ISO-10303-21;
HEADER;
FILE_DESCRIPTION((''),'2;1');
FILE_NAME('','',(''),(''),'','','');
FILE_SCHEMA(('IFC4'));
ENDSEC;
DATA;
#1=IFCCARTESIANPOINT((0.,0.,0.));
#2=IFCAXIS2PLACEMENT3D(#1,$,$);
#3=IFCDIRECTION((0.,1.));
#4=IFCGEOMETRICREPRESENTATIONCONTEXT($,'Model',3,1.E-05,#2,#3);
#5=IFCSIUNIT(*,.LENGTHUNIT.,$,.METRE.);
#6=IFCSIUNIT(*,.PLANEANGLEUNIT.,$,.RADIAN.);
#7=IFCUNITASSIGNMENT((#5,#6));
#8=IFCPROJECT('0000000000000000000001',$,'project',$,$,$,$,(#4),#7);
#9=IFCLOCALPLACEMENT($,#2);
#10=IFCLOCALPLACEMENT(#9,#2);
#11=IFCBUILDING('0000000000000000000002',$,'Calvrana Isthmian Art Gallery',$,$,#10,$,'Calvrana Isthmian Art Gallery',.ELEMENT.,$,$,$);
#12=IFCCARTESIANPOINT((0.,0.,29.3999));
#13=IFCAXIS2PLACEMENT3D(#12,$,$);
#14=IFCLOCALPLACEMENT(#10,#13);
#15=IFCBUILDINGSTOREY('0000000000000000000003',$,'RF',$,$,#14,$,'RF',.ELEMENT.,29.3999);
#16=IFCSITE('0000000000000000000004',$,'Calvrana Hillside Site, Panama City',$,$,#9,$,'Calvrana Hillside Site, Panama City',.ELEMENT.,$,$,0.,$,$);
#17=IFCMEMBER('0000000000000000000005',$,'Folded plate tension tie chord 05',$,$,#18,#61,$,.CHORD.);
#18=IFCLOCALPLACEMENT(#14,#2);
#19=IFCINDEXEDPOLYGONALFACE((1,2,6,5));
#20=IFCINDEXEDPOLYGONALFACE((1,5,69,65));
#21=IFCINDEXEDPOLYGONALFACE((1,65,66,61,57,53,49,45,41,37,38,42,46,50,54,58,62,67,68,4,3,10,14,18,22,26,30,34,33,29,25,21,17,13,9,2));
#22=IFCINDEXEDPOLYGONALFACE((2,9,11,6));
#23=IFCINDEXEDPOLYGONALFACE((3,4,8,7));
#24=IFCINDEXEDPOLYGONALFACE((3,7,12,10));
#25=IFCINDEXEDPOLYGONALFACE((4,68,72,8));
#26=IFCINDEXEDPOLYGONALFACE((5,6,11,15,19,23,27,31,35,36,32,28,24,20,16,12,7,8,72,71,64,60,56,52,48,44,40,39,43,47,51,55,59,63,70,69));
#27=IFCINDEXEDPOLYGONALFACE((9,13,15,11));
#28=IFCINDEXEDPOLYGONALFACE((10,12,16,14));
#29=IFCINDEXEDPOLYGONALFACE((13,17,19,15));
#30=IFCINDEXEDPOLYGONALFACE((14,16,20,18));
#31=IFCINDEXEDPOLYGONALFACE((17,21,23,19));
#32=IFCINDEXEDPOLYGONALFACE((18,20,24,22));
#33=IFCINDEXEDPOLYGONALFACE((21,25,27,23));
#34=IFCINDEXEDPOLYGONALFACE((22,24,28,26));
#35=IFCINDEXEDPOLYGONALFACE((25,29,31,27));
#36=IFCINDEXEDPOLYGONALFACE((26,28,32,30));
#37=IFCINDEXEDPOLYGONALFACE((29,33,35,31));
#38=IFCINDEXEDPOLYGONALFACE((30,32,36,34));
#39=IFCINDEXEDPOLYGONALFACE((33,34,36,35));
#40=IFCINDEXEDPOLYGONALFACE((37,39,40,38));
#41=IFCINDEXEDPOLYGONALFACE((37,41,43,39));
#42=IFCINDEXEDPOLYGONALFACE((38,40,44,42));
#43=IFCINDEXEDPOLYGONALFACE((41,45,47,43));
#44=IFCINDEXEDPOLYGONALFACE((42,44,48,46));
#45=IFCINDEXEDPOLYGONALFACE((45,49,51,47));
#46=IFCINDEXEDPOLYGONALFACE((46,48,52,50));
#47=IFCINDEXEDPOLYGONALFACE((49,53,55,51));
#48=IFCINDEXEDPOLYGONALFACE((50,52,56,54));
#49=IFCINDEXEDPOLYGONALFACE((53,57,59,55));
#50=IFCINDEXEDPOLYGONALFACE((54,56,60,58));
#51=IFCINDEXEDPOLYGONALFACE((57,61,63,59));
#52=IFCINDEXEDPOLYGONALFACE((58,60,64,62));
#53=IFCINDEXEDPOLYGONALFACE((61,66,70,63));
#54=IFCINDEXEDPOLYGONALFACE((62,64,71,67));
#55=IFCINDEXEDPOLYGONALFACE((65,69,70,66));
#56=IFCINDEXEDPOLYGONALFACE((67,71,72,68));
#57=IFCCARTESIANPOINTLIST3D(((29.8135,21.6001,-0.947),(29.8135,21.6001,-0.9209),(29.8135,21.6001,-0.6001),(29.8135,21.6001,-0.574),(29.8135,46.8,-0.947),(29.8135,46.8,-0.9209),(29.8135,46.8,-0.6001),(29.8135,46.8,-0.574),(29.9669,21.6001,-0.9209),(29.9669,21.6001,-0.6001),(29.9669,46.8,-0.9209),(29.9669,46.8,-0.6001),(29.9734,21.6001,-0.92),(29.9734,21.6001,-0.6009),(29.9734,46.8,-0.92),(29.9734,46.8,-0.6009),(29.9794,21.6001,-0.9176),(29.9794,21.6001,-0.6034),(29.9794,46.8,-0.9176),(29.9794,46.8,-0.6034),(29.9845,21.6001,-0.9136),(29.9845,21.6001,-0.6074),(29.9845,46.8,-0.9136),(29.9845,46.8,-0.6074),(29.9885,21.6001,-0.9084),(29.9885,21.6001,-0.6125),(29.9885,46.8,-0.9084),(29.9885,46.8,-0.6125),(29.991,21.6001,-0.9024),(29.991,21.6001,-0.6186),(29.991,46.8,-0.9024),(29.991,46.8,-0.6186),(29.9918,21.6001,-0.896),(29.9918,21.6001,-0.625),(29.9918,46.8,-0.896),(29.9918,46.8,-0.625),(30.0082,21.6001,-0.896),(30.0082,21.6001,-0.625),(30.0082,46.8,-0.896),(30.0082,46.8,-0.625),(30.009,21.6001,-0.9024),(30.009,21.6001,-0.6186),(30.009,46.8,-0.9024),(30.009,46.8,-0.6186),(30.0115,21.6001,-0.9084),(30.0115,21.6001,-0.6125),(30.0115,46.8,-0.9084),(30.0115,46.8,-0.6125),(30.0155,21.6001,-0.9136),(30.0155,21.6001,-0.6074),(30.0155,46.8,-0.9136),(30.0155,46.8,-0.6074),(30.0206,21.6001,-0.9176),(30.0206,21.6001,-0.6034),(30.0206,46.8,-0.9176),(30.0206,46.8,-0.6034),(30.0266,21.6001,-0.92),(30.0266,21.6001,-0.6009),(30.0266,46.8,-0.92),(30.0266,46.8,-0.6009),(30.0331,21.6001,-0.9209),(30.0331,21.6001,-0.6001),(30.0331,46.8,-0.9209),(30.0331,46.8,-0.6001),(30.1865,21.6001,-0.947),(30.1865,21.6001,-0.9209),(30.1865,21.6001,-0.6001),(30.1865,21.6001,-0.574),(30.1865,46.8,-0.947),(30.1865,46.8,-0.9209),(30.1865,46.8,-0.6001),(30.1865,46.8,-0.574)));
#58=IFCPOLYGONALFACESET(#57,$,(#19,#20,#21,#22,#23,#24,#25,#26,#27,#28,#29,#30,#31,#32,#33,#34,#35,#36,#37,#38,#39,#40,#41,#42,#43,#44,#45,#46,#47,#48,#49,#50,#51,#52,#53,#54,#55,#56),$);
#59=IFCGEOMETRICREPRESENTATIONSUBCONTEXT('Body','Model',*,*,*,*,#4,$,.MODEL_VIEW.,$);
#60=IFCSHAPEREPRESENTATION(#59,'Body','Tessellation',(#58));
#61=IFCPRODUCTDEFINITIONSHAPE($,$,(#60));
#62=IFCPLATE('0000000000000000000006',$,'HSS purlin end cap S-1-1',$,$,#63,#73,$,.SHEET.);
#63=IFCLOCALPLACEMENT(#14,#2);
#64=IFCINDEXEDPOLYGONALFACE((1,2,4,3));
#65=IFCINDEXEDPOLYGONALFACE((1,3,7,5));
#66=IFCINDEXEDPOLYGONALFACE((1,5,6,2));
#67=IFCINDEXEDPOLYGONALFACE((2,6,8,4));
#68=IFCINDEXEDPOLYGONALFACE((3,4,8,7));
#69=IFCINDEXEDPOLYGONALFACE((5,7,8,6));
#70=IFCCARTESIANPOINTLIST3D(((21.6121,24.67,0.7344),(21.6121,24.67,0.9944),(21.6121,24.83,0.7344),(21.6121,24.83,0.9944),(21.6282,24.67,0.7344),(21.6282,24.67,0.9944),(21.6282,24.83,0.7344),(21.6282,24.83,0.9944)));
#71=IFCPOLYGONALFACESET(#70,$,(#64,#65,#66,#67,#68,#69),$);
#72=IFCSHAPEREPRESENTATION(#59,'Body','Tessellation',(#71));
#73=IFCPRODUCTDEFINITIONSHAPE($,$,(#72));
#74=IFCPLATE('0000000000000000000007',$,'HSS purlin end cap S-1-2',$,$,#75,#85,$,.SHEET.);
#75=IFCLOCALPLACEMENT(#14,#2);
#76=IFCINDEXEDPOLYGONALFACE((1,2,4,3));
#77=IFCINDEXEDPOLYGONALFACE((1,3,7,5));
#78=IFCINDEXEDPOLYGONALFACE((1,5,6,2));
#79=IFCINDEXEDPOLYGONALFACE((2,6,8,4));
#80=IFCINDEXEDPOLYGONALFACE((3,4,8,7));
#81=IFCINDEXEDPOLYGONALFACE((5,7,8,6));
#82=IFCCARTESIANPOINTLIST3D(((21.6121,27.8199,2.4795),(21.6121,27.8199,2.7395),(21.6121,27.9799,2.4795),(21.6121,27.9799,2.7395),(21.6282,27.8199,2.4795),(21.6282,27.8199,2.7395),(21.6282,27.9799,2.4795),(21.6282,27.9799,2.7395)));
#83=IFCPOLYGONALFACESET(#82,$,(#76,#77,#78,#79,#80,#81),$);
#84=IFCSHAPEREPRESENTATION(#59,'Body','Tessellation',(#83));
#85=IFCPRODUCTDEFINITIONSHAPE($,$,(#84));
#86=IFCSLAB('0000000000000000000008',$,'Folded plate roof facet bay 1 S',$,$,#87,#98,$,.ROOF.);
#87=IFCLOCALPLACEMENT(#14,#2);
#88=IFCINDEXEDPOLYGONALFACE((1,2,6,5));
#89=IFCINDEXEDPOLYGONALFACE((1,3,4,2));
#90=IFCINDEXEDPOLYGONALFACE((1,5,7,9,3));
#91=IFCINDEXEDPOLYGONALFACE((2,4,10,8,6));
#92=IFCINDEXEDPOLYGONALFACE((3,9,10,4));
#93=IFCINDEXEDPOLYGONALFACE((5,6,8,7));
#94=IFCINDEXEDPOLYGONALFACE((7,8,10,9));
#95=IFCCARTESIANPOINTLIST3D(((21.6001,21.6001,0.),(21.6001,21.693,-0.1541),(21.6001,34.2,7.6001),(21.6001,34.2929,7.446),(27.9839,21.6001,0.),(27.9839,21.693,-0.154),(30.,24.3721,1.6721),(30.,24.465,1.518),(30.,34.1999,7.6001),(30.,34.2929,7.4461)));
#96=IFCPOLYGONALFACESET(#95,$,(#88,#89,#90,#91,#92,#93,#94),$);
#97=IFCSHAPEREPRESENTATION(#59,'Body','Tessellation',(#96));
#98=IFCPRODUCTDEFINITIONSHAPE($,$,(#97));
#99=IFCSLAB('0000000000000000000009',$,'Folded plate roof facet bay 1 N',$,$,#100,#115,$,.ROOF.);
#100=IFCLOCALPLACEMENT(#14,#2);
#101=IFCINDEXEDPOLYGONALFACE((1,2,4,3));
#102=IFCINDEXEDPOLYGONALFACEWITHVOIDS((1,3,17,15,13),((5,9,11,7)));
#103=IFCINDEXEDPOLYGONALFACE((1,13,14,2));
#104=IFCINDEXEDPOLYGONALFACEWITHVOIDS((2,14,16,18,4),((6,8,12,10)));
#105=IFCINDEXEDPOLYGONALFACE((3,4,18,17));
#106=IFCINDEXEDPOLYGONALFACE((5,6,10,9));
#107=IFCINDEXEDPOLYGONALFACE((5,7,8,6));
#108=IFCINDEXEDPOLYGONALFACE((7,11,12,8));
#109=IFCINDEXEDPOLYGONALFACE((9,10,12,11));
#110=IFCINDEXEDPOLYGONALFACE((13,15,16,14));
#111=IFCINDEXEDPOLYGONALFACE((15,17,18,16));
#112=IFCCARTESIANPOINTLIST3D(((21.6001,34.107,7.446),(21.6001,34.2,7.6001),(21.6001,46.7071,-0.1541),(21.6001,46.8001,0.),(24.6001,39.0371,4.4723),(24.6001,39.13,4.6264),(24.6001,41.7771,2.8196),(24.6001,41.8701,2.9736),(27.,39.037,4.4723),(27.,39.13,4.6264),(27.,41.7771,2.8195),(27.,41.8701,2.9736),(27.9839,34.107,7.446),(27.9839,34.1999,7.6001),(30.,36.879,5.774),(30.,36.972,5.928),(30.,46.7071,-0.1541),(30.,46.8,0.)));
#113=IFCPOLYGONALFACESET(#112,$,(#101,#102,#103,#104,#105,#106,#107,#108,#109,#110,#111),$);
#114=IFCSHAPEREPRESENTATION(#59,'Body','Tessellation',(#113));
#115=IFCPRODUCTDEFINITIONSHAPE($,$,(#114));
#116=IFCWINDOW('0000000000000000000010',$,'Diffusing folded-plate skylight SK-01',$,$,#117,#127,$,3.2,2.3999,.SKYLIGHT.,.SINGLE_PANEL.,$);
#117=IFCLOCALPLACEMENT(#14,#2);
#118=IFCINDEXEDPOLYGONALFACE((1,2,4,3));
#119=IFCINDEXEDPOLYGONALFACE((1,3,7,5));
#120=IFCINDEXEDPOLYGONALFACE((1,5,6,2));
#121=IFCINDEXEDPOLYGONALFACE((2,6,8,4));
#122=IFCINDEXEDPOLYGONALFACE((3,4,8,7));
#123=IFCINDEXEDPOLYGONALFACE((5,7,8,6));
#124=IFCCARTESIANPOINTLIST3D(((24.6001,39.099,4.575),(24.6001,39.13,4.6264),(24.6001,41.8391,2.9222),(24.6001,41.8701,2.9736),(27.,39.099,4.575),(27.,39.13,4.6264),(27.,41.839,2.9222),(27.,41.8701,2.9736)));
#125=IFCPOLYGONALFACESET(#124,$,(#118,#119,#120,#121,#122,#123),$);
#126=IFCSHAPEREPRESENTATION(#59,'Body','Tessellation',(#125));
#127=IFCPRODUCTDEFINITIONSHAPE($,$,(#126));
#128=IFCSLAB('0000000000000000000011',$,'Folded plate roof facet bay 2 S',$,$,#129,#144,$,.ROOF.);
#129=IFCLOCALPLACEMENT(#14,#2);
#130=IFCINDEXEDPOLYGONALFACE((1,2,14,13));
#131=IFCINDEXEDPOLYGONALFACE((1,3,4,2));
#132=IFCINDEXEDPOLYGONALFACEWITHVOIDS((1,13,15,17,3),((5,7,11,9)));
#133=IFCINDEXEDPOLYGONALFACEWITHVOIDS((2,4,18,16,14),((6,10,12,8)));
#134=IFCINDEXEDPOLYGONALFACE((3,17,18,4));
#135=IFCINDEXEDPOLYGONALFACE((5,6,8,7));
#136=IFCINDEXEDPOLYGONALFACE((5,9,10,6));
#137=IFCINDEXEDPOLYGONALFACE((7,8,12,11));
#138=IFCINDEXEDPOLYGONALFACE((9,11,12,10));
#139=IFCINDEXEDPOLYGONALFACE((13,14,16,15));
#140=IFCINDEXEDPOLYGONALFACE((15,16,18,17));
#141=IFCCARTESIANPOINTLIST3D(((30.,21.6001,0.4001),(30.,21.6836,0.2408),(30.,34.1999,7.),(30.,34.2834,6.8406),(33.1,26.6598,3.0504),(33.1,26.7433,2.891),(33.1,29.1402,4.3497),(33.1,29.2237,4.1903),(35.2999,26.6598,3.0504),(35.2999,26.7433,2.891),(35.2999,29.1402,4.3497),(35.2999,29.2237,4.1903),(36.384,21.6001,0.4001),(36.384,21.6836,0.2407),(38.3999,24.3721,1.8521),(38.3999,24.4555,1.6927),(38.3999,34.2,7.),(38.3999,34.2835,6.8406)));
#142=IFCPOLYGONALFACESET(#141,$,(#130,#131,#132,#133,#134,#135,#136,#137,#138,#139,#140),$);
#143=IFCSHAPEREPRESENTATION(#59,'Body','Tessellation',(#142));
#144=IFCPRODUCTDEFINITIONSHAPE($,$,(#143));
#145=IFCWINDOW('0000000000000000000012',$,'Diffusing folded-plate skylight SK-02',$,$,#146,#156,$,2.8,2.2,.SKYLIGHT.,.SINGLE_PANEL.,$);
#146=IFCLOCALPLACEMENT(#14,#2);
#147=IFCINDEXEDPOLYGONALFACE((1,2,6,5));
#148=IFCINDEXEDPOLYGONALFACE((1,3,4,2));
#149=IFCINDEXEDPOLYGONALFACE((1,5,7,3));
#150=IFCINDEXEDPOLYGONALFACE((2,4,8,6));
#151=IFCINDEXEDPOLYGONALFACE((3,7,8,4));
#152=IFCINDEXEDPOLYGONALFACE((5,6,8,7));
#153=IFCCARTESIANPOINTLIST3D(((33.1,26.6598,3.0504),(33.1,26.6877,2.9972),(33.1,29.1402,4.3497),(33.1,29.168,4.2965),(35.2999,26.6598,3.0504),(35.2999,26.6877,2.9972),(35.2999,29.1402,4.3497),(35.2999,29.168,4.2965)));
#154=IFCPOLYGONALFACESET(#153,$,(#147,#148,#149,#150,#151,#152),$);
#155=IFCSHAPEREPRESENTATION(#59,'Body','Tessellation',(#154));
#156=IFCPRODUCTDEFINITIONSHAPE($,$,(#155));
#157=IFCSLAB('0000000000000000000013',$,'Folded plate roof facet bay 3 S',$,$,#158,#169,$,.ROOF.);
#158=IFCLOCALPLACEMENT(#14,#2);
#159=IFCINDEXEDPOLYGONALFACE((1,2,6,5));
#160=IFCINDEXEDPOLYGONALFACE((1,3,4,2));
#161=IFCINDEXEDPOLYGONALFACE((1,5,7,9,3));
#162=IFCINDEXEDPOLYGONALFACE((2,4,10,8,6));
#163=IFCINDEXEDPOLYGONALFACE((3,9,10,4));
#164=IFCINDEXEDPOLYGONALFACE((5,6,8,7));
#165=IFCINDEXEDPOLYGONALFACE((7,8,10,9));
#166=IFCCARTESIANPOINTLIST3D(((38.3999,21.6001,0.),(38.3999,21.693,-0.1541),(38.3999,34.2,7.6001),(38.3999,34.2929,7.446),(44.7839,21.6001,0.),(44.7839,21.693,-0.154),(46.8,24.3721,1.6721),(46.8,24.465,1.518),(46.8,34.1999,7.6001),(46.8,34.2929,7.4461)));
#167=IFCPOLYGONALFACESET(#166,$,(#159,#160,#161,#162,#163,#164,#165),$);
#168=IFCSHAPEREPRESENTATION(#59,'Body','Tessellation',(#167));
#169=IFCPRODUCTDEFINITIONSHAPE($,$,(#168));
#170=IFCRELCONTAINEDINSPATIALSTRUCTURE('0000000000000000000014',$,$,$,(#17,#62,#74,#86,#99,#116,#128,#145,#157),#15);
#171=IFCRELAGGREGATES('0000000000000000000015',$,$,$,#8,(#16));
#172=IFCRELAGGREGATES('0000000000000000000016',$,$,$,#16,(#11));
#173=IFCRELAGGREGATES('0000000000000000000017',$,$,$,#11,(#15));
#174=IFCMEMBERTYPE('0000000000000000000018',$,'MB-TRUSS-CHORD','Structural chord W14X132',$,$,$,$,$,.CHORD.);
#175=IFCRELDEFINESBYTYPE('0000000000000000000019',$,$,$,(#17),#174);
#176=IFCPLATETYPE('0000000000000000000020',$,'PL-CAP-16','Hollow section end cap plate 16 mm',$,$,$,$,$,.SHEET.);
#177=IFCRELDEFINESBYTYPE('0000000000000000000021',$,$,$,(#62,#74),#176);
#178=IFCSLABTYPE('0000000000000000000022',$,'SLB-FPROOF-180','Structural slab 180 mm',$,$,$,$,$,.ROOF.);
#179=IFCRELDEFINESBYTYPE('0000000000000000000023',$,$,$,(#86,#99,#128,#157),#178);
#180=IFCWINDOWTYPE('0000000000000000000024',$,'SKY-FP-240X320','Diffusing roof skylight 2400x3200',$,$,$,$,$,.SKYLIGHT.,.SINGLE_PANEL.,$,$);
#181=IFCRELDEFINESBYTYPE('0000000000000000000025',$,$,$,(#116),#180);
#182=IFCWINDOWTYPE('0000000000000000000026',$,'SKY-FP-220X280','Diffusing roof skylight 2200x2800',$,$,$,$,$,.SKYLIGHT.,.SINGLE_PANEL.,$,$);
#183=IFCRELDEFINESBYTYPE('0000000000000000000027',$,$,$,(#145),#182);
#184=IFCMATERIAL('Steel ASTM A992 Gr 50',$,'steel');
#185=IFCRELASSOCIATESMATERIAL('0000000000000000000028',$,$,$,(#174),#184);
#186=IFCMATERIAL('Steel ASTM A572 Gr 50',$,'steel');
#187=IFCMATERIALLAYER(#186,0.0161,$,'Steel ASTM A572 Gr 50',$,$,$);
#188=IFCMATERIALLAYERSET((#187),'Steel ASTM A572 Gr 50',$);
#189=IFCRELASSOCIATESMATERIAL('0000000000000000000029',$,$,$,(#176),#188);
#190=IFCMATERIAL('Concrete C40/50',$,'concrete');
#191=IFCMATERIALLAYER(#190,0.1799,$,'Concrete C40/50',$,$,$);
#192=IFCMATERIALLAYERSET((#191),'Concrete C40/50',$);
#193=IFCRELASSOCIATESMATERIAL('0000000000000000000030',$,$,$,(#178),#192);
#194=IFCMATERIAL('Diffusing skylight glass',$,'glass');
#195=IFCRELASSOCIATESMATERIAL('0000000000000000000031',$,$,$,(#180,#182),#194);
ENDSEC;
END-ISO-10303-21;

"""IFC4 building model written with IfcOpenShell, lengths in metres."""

from ifc_helpers import new_model, si_unit, direction, frame, origin, origin_2d, place, context, subcontext, project, spatial, polyline, rectangle, i_section, outline, extrude, material, layer, layer_set, material_profile, profile_set, type_object, element, fill, save


model = new_model("IFC4")

# Units and contexts
model_context = context("Model", 3, precision=1e-05, world=origin(), true_north=direction((0.0, 1.0)))
body_context = subcontext(model_context, "Body", "Model", "MODEL_VIEW")
ifc_project = project(units=[si_unit("LENGTHUNIT", "METRE"), si_unit("PLANEANGLEUNIT", "RADIAN")], contexts=[model_context])

# Site, building, storey
site_placement = place(None, origin())
site = spatial("IfcSite", under=ifc_project, at=site_placement, Name="Calvrana Hillside Site, Panama City", LongName="Calvrana Hillside Site, Panama City", CompositionType="ELEMENT", RefElevation=0.0)
building_placement = place(site_placement, origin())
building = spatial("IfcBuilding", under=site, at=building_placement, Name="Calvrana Isthmian Art Gallery", LongName="Calvrana Isthmian Art Gallery", CompositionType="ELEMENT")
storey_placement = place(building_placement, frame((0.0, 0.0, 29.3999)))
storey = spatial("IfcBuildingStorey", under=building, at=storey_placement, Name="RF", LongName="RF", CompositionType="ELEMENT", Elevation=29.3999)

# Shared definitions
ifc_material_1 = material(Name="Steel ASTM A992 Gr 50", Category="steel")

# Member
ifc_material_profile_1 = material_profile(ifc_material_1, i_section(OverallWidth=0.373, OverallDepth=0.373, WebThickness=0.0164, FlangeThickness=0.0261, FilletRadius=0.0249, at=origin_2d()), Name="W14X132")
ifc_profile_set_1 = profile_set([ifc_material_profile_1], Name="Steel ASTM A992 Gr 50")
member_type_1 = type_object("IfcMemberType", Name="MB-TRUSS-CHORD", Description="Structural chord W14X132", PredefinedType="CHORD", material=ifc_profile_set_1)
for number, where, z_axis, x_axis, name in (
    (1, (30.0, 21.6001, -0.7605), (0.0, 1.0, 0.0), (-1.0, 0.0, 0.0), "Folded plate tension tie chord 05"),
):
    element("IfcMember", number, at=place(storey_placement, frame(where, z_axis=z_axis, x_axis=x_axis)), inside=storey, type_object=member_type_1, Name=name, PredefinedType="CHORD", context=body_context, shape_type="SweptSolid", body=[
        extrude(i_section(OverallWidth=0.373, OverallDepth=0.373, WebThickness=0.0164, FlangeThickness=0.0261, FilletRadius=0.0249, at=origin_2d()), origin(), (0.0, 0.0, 1.0), 25.2),
    ])

# Plates
ifc_material_2 = material(Name="Steel ASTM A572 Gr 50", Category="steel")
ifc_layer_1 = layer(ifc_material_2, 0.0161, Name="Steel ASTM A572 Gr 50")
ifc_layer_set_1 = layer_set([ifc_layer_1], Name="Steel ASTM A572 Gr 50")
plate_type = type_object("IfcPlateType", Name="PL-CAP-16", Description="Hollow section end cap plate 16 mm", PredefinedType="SHEET", material=ifc_layer_set_1)
for number, where, z_axis, x_axis, name in (
    (2, (21.6201, 24.75, 0.7344), (0.0, 0.0, 1.0), (1.0, 0.0, 0.0), "HSS purlin end cap S-1-1"),
    (3, (21.6201, 27.8999, 2.4795), (0.0, 0.0, 1.0), (1.0, 0.0, 0.0), "HSS purlin end cap S-1-2"),
):
    element("IfcPlate", number, at=place(storey_placement, frame(where, z_axis=z_axis, x_axis=x_axis)), inside=storey, type_object=plate_type, Name=name, PredefinedType="SHEET", context=body_context, shape_type="SweptSolid", body=[
        extrude(rectangle(XDim=0.0161, YDim=0.1599, at=origin_2d()), origin(), (0.0, 0.0, 1.0), 0.26),
    ])

# Slab
ifc_material_3 = material(Name="Concrete C40/50", Category="concrete")
ifc_layer_2 = layer(ifc_material_3, 0.1799, Name="Concrete C40/50")
ifc_layer_set_2 = layer_set([ifc_layer_2], Name="Concrete C40/50")
slab_type = type_object("IfcSlabType", Name="SLB-FPROOF-180", Description="Structural slab 180 mm", PredefinedType="ROOF", material=ifc_layer_set_2)
slab_1_placement = place(storey_placement, frame((21.6001, 21.6001, 0.0), z_axis=(-0.000005, -0.516502, 0.856286), x_axis=(1.0, -0.000003, 0.000004)))
element("IfcSlab", 4, at=slab_1_placement, inside=storey, type_object=slab_type, Name="Folded plate roof facet bay 1 S", PredefinedType="ROOF", context=body_context, shape_type="SweptSolid", body=[
    extrude(outline(polyline([(0.0, 0.0), (6.3838, 0.0), (8.3999, 3.2373), (8.3999, 14.7145), (0.0, 14.7145), (0.0, 0.0)])), origin(), (0.0, 0.0, -1.0), 0.1799),
])

# Slabs, openings, windows
slab_2_placement = place(storey_placement, frame((21.6001, 34.2, 7.6001), z_axis=(0.000007, 0.516494, 0.856291), x_axis=(1.0, -0.000003, -0.000006)))
slab_2 = element("IfcSlab", 5, at=slab_2_placement, inside=storey, type_object=slab_type, Name="Folded plate roof facet bay 1 N", PredefinedType="ROOF", context=body_context, shape_type="SweptSolid", body=[
    extrude(outline(polyline([(0.0, 0.0), (6.3838, 0.0), (8.3999, 3.2373), (8.3999, 14.7148), (0.0, 14.7148), (0.0, 0.0)])), origin(), (0.0, 0.0, -1.0), 0.1799),
])
opening_1_placement = place(slab_2_placement, frame((4.2, 7.3574, 0.0103)))
opening_1 = element("IfcOpeningElement", 6, at=opening_1_placement, cuts=slab_2, PredefinedType="OPENING", context=body_context, shape_type="SweptSolid", body=[
    extrude(rectangle(XDim=2.3999, YDim=3.2, at=origin_2d()), origin(), (0.0, 0.0, -1.0), 0.2004),
])
ifc_material_4 = material(Name="Diffusing skylight glass", Category="glass")
window_type_1 = type_object("IfcWindowType", Name="SKY-FP-240X320", Description="Diffusing roof skylight 2400x3200", PartitioningType="SINGLE_PANEL", PredefinedType="SKYLIGHT", material=ifc_material_4)
window_1_placement = place(slab_2_placement, frame((4.2, 7.3574, 0.0)))
window_1 = element("IfcWindow", 7, at=window_1_placement, inside=storey, type_object=window_type_1, Name="Diffusing folded-plate skylight SK-01", OverallHeight=3.2, OverallWidth=2.3999, PartitioningType="SINGLE_PANEL", PredefinedType="SKYLIGHT", context=body_context, shape_type="SweptSolid", body=[
    extrude(rectangle(XDim=2.3999, YDim=3.2, at=origin_2d()), origin(), (0.0, 0.0, -1.0), 0.0601),
])
fill(opening_1, window_1)
slab_3_placement = place(storey_placement, frame((30.0, 21.6001, 0.4001), z_axis=(0.000004, -0.464004, 0.885833), x_axis=(1.0, 0.000002, -0.000003)))
slab_3 = element("IfcSlab", 8, at=slab_3_placement, inside=storey, type_object=slab_type, Name="Folded plate roof facet bay 2 S", PredefinedType="ROOF", context=body_context, shape_type="SweptSolid", body=[
    extrude(outline(polyline([(0.0, 0.0), (6.384, 0.0), (8.3999, 3.1292), (8.3999, 14.2237), (0.0, 14.2237), (0.0, 0.0)])), origin(), (0.0, 0.0, -1.0), 0.1799),
])
opening_2_placement = place(slab_3_placement, frame((4.2, 7.1118, 0.0103)))
opening_2 = element("IfcOpeningElement", 9, at=opening_2_placement, cuts=slab_3, PredefinedType="OPENING", context=body_context, shape_type="SweptSolid", body=[
    extrude(rectangle(XDim=2.2, YDim=2.8, at=origin_2d()), origin(), (0.0, 0.0, -1.0), 0.2004),
])
window_type_2 = type_object("IfcWindowType", Name="SKY-FP-220X280", Description="Diffusing roof skylight 2200x2800", PartitioningType="SINGLE_PANEL", PredefinedType="SKYLIGHT", material=ifc_material_4)
window_2_placement = place(slab_3_placement, frame((4.2, 7.1118, 0.0)))
window_2 = element("IfcWindow", 10, at=window_2_placement, inside=storey, type_object=window_type_2, Name="Diffusing folded-plate skylight SK-02", OverallHeight=2.8, OverallWidth=2.2, PartitioningType="SINGLE_PANEL", PredefinedType="SKYLIGHT", context=body_context, shape_type="SweptSolid", body=[
    extrude(rectangle(XDim=2.2, YDim=2.8, at=origin_2d()), origin(), (0.0, 0.0, -1.0), 0.0601),
])
fill(opening_2, window_2)

# Slab
slab_4_placement = place(storey_placement, frame((38.3999, 21.6001, 0.0), z_axis=(-0.000005, -0.516502, 0.856286), x_axis=(1.0, -0.000003, 0.000004)))
element("IfcSlab", 11, at=slab_4_placement, inside=storey, type_object=slab_type, Name="Folded plate roof facet bay 3 S", PredefinedType="ROOF", context=body_context, shape_type="SweptSolid", body=[
    extrude(outline(polyline([(0.0, 0.0), (6.384, 0.0), (8.4001, 3.2373), (8.4001, 14.7145), (0.0, 14.7145), (0.0, 0.0)])), origin(), (0.0, 0.0, -1.0), 0.1799),
])

save(model, "model.ifc")
